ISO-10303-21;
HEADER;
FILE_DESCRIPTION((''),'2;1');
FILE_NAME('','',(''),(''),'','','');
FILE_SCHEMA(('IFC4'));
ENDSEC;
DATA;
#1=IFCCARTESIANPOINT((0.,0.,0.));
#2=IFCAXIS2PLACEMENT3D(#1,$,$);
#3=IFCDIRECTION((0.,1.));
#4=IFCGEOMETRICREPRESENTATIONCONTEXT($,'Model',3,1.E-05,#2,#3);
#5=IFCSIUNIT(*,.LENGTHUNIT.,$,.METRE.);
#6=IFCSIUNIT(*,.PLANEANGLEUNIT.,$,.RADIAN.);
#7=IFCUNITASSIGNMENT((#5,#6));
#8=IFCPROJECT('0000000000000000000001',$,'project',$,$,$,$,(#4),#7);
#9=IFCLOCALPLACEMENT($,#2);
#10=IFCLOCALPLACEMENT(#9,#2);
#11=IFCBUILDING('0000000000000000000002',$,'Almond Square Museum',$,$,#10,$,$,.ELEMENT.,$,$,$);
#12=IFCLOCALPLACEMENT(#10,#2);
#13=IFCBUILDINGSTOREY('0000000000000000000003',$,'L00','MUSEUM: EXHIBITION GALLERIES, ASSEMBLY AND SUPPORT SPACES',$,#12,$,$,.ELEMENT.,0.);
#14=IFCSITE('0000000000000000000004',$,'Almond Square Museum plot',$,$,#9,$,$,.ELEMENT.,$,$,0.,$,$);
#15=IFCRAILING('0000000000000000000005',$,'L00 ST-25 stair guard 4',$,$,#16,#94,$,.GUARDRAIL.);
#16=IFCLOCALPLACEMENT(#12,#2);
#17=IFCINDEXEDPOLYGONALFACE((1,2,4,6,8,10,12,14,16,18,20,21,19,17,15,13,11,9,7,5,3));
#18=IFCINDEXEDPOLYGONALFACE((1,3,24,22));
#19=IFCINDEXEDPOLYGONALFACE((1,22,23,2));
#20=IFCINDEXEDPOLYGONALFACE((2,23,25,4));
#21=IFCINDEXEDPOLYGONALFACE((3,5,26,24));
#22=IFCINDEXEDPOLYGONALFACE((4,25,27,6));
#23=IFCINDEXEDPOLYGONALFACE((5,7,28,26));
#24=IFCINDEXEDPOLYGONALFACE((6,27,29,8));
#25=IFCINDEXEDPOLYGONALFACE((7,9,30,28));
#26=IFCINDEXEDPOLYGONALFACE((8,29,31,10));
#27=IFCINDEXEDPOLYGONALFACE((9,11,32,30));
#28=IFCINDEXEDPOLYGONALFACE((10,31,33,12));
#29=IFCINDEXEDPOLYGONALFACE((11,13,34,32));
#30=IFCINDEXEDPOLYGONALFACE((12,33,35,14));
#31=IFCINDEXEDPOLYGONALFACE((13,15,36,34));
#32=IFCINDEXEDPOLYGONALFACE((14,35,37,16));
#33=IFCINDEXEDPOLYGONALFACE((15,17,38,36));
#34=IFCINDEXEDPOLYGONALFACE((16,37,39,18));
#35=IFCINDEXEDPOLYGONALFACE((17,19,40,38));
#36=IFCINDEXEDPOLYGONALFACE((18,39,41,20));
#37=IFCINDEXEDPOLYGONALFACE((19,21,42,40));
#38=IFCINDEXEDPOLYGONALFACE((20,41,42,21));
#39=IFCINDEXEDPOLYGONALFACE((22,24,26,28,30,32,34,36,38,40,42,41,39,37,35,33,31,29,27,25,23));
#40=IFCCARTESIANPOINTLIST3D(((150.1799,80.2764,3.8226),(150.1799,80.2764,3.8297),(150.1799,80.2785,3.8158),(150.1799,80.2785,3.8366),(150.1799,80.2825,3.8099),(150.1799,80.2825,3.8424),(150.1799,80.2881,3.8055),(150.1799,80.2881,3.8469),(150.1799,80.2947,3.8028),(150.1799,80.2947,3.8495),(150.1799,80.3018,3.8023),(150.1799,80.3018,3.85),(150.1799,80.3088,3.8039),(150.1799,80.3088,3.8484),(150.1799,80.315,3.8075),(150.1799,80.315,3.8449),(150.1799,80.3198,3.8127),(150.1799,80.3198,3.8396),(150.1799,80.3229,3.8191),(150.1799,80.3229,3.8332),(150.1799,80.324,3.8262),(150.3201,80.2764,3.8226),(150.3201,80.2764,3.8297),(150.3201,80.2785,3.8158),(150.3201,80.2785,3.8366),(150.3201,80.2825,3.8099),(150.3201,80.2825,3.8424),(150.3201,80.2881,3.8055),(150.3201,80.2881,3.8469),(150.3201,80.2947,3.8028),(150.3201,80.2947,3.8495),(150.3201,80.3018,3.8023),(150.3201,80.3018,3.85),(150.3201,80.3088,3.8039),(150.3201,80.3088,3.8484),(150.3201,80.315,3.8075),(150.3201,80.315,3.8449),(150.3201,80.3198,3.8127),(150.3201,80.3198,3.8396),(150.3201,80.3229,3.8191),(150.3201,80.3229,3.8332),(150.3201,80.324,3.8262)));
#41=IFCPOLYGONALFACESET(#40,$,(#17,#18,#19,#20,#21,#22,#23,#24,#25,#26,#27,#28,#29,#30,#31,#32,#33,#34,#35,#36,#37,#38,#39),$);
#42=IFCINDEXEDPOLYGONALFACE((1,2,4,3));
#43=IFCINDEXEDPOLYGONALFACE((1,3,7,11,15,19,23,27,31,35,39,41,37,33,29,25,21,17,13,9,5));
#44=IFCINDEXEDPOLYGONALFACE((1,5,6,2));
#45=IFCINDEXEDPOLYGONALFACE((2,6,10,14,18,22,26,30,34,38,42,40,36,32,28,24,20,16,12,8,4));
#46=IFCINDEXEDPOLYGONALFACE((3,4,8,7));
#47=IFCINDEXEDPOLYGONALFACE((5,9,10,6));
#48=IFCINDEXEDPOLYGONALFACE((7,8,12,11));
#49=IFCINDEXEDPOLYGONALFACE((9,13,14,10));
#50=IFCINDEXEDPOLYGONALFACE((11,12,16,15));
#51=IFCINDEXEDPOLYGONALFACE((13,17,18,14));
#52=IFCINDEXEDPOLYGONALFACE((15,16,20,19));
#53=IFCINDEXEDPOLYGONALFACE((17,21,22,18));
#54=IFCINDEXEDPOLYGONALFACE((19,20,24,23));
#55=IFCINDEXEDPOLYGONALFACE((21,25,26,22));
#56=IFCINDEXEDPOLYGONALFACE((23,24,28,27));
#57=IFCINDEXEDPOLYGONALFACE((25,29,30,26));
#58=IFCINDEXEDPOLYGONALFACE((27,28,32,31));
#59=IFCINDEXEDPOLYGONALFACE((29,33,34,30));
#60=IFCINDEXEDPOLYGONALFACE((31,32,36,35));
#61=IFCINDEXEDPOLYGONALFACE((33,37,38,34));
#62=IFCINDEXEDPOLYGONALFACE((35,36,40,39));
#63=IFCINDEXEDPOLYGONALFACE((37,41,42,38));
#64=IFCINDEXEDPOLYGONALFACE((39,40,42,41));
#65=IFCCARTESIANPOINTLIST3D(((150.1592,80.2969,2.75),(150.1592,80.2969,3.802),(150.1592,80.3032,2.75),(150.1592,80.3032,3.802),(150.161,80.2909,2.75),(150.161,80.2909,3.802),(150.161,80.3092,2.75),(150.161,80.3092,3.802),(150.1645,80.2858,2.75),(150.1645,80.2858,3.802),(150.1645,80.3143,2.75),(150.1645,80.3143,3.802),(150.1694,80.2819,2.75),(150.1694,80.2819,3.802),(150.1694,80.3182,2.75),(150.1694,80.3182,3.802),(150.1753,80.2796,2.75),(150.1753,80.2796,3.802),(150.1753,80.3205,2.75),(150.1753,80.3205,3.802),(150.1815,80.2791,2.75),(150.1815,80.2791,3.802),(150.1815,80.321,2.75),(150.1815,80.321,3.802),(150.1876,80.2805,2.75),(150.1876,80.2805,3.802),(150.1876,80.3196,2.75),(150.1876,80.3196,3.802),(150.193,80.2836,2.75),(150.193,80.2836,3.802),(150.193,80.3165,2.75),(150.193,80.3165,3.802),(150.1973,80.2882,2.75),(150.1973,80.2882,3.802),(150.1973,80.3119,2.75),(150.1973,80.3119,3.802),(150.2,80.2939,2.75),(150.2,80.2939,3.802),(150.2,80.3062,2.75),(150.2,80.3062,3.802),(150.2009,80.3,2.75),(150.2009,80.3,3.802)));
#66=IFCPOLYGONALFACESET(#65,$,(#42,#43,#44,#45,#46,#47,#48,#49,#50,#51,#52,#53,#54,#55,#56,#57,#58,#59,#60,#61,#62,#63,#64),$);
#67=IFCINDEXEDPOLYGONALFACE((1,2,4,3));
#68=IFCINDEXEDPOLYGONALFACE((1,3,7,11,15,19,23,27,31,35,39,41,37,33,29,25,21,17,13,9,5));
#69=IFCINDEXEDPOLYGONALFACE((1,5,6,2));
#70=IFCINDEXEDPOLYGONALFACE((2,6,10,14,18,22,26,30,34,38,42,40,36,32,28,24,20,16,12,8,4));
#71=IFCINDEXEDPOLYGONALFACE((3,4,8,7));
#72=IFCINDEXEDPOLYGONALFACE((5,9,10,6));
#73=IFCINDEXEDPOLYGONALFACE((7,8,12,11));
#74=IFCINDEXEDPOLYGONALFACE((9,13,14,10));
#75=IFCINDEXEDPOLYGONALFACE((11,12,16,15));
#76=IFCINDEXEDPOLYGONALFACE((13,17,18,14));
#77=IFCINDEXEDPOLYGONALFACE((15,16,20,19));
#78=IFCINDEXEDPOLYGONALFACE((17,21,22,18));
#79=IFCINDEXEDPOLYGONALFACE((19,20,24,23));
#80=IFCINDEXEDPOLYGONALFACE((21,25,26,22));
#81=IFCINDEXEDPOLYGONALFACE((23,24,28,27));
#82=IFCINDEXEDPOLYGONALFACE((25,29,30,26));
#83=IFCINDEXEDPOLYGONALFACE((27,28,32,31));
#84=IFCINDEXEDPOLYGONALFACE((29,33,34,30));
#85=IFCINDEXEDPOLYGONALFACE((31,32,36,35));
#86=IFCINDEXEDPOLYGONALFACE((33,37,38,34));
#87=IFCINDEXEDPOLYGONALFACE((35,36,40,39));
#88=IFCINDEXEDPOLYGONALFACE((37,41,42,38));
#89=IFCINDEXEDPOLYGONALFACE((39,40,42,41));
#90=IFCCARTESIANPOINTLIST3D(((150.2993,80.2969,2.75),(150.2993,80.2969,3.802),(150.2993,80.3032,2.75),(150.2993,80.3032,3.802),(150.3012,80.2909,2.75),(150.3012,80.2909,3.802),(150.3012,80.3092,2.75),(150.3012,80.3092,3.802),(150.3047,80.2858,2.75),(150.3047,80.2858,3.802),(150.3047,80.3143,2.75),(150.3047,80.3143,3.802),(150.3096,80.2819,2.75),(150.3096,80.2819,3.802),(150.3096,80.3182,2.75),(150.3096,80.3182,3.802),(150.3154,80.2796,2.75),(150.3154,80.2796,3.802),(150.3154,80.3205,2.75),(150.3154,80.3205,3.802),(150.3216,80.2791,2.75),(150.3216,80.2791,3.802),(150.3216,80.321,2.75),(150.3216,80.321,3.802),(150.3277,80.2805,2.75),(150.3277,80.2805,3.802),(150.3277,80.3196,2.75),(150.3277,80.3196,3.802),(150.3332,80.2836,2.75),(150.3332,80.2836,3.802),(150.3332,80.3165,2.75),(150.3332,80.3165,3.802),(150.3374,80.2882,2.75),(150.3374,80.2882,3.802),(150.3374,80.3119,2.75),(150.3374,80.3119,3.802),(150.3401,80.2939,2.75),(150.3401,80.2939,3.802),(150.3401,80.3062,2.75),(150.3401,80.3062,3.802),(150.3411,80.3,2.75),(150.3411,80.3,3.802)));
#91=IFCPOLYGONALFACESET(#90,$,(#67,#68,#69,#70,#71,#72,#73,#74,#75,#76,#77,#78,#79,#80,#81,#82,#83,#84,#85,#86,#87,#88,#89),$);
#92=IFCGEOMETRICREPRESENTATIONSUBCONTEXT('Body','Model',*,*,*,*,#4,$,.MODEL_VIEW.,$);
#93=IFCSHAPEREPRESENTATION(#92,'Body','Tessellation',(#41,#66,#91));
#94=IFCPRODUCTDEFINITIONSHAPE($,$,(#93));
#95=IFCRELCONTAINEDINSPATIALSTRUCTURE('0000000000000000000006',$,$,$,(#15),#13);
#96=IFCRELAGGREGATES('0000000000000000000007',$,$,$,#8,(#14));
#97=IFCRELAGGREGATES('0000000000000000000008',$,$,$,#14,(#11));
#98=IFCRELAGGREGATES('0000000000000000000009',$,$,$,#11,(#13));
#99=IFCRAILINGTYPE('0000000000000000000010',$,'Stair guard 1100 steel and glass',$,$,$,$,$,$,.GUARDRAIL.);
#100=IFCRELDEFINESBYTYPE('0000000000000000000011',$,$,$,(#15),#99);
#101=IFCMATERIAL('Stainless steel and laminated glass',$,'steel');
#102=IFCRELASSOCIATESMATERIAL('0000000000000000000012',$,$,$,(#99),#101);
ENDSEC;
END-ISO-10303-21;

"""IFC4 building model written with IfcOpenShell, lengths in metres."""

from ifc_helpers import new_model, si_unit, direction, frame, origin, origin_2d, place, context, subcontext, project, spatial, circle, extrude, material, type_object, element, save


model = new_model("IFC4")

# Units and contexts
model_context = context("Model", 3, precision=1e-05, world=origin(), true_north=direction((0.0, 1.0)))
body_context = subcontext(model_context, "Body", "Model", "MODEL_VIEW")
ifc_project = project(units=[si_unit("LENGTHUNIT", "METRE"), si_unit("PLANEANGLEUNIT", "RADIAN")], contexts=[model_context])

# Site, building, storey
site_placement = place(None, origin())
site = spatial("IfcSite", under=ifc_project, at=site_placement, Name="Almond Square Museum plot", CompositionType="ELEMENT", RefElevation=0.0)
building_placement = place(site_placement, origin())
building = spatial("IfcBuilding", under=site, at=building_placement, Name="Almond Square Museum", CompositionType="ELEMENT")
storey_placement = place(building_placement, origin())
storey = spatial("IfcBuildingStorey", under=building, at=storey_placement, Name="L00", Description="MUSEUM: EXHIBITION GALLERIES, ASSEMBLY AND SUPPORT SPACES", CompositionType="ELEMENT", Elevation=0.0)

# Railing
ifc_material_1 = material(Name="Stainless steel and laminated glass", Category="steel")
railing_type_1 = type_object("IfcRailingType", Name="Stair guard 1100 steel and glass", PredefinedType="GUARDRAIL", material=ifc_material_1)
railing_1_placement = place(storey_placement, frame((150.1799, 80.3, 2.75)))
element("IfcRailing", 1, at=railing_1_placement, inside=storey, type_object=railing_type_1, Name="L00 ST-25 stair guard 4", PredefinedType="GUARDRAIL", context=body_context, shape_type="SweptSolid", body=[
    extrude(circle(Radius=0.0239, at=origin_2d()), frame((0.0, 0.0, 1.0762), z_axis=(1.0, 0.0, 0.0), x_axis=(0.0, 1.0, 0.0)), (0.0, 0.0, 1.0), 0.1401),
    extrude(circle(Radius=0.021, at=origin_2d()), origin(), (0.0, 0.0, 1.0), 1.052),
    extrude(circle(Radius=0.021, at=origin_2d()), frame((0.1401, 0.0, 0.0)), (0.0, 0.0, 1.0), 1.052),
])

save(model, "model.ifc")
